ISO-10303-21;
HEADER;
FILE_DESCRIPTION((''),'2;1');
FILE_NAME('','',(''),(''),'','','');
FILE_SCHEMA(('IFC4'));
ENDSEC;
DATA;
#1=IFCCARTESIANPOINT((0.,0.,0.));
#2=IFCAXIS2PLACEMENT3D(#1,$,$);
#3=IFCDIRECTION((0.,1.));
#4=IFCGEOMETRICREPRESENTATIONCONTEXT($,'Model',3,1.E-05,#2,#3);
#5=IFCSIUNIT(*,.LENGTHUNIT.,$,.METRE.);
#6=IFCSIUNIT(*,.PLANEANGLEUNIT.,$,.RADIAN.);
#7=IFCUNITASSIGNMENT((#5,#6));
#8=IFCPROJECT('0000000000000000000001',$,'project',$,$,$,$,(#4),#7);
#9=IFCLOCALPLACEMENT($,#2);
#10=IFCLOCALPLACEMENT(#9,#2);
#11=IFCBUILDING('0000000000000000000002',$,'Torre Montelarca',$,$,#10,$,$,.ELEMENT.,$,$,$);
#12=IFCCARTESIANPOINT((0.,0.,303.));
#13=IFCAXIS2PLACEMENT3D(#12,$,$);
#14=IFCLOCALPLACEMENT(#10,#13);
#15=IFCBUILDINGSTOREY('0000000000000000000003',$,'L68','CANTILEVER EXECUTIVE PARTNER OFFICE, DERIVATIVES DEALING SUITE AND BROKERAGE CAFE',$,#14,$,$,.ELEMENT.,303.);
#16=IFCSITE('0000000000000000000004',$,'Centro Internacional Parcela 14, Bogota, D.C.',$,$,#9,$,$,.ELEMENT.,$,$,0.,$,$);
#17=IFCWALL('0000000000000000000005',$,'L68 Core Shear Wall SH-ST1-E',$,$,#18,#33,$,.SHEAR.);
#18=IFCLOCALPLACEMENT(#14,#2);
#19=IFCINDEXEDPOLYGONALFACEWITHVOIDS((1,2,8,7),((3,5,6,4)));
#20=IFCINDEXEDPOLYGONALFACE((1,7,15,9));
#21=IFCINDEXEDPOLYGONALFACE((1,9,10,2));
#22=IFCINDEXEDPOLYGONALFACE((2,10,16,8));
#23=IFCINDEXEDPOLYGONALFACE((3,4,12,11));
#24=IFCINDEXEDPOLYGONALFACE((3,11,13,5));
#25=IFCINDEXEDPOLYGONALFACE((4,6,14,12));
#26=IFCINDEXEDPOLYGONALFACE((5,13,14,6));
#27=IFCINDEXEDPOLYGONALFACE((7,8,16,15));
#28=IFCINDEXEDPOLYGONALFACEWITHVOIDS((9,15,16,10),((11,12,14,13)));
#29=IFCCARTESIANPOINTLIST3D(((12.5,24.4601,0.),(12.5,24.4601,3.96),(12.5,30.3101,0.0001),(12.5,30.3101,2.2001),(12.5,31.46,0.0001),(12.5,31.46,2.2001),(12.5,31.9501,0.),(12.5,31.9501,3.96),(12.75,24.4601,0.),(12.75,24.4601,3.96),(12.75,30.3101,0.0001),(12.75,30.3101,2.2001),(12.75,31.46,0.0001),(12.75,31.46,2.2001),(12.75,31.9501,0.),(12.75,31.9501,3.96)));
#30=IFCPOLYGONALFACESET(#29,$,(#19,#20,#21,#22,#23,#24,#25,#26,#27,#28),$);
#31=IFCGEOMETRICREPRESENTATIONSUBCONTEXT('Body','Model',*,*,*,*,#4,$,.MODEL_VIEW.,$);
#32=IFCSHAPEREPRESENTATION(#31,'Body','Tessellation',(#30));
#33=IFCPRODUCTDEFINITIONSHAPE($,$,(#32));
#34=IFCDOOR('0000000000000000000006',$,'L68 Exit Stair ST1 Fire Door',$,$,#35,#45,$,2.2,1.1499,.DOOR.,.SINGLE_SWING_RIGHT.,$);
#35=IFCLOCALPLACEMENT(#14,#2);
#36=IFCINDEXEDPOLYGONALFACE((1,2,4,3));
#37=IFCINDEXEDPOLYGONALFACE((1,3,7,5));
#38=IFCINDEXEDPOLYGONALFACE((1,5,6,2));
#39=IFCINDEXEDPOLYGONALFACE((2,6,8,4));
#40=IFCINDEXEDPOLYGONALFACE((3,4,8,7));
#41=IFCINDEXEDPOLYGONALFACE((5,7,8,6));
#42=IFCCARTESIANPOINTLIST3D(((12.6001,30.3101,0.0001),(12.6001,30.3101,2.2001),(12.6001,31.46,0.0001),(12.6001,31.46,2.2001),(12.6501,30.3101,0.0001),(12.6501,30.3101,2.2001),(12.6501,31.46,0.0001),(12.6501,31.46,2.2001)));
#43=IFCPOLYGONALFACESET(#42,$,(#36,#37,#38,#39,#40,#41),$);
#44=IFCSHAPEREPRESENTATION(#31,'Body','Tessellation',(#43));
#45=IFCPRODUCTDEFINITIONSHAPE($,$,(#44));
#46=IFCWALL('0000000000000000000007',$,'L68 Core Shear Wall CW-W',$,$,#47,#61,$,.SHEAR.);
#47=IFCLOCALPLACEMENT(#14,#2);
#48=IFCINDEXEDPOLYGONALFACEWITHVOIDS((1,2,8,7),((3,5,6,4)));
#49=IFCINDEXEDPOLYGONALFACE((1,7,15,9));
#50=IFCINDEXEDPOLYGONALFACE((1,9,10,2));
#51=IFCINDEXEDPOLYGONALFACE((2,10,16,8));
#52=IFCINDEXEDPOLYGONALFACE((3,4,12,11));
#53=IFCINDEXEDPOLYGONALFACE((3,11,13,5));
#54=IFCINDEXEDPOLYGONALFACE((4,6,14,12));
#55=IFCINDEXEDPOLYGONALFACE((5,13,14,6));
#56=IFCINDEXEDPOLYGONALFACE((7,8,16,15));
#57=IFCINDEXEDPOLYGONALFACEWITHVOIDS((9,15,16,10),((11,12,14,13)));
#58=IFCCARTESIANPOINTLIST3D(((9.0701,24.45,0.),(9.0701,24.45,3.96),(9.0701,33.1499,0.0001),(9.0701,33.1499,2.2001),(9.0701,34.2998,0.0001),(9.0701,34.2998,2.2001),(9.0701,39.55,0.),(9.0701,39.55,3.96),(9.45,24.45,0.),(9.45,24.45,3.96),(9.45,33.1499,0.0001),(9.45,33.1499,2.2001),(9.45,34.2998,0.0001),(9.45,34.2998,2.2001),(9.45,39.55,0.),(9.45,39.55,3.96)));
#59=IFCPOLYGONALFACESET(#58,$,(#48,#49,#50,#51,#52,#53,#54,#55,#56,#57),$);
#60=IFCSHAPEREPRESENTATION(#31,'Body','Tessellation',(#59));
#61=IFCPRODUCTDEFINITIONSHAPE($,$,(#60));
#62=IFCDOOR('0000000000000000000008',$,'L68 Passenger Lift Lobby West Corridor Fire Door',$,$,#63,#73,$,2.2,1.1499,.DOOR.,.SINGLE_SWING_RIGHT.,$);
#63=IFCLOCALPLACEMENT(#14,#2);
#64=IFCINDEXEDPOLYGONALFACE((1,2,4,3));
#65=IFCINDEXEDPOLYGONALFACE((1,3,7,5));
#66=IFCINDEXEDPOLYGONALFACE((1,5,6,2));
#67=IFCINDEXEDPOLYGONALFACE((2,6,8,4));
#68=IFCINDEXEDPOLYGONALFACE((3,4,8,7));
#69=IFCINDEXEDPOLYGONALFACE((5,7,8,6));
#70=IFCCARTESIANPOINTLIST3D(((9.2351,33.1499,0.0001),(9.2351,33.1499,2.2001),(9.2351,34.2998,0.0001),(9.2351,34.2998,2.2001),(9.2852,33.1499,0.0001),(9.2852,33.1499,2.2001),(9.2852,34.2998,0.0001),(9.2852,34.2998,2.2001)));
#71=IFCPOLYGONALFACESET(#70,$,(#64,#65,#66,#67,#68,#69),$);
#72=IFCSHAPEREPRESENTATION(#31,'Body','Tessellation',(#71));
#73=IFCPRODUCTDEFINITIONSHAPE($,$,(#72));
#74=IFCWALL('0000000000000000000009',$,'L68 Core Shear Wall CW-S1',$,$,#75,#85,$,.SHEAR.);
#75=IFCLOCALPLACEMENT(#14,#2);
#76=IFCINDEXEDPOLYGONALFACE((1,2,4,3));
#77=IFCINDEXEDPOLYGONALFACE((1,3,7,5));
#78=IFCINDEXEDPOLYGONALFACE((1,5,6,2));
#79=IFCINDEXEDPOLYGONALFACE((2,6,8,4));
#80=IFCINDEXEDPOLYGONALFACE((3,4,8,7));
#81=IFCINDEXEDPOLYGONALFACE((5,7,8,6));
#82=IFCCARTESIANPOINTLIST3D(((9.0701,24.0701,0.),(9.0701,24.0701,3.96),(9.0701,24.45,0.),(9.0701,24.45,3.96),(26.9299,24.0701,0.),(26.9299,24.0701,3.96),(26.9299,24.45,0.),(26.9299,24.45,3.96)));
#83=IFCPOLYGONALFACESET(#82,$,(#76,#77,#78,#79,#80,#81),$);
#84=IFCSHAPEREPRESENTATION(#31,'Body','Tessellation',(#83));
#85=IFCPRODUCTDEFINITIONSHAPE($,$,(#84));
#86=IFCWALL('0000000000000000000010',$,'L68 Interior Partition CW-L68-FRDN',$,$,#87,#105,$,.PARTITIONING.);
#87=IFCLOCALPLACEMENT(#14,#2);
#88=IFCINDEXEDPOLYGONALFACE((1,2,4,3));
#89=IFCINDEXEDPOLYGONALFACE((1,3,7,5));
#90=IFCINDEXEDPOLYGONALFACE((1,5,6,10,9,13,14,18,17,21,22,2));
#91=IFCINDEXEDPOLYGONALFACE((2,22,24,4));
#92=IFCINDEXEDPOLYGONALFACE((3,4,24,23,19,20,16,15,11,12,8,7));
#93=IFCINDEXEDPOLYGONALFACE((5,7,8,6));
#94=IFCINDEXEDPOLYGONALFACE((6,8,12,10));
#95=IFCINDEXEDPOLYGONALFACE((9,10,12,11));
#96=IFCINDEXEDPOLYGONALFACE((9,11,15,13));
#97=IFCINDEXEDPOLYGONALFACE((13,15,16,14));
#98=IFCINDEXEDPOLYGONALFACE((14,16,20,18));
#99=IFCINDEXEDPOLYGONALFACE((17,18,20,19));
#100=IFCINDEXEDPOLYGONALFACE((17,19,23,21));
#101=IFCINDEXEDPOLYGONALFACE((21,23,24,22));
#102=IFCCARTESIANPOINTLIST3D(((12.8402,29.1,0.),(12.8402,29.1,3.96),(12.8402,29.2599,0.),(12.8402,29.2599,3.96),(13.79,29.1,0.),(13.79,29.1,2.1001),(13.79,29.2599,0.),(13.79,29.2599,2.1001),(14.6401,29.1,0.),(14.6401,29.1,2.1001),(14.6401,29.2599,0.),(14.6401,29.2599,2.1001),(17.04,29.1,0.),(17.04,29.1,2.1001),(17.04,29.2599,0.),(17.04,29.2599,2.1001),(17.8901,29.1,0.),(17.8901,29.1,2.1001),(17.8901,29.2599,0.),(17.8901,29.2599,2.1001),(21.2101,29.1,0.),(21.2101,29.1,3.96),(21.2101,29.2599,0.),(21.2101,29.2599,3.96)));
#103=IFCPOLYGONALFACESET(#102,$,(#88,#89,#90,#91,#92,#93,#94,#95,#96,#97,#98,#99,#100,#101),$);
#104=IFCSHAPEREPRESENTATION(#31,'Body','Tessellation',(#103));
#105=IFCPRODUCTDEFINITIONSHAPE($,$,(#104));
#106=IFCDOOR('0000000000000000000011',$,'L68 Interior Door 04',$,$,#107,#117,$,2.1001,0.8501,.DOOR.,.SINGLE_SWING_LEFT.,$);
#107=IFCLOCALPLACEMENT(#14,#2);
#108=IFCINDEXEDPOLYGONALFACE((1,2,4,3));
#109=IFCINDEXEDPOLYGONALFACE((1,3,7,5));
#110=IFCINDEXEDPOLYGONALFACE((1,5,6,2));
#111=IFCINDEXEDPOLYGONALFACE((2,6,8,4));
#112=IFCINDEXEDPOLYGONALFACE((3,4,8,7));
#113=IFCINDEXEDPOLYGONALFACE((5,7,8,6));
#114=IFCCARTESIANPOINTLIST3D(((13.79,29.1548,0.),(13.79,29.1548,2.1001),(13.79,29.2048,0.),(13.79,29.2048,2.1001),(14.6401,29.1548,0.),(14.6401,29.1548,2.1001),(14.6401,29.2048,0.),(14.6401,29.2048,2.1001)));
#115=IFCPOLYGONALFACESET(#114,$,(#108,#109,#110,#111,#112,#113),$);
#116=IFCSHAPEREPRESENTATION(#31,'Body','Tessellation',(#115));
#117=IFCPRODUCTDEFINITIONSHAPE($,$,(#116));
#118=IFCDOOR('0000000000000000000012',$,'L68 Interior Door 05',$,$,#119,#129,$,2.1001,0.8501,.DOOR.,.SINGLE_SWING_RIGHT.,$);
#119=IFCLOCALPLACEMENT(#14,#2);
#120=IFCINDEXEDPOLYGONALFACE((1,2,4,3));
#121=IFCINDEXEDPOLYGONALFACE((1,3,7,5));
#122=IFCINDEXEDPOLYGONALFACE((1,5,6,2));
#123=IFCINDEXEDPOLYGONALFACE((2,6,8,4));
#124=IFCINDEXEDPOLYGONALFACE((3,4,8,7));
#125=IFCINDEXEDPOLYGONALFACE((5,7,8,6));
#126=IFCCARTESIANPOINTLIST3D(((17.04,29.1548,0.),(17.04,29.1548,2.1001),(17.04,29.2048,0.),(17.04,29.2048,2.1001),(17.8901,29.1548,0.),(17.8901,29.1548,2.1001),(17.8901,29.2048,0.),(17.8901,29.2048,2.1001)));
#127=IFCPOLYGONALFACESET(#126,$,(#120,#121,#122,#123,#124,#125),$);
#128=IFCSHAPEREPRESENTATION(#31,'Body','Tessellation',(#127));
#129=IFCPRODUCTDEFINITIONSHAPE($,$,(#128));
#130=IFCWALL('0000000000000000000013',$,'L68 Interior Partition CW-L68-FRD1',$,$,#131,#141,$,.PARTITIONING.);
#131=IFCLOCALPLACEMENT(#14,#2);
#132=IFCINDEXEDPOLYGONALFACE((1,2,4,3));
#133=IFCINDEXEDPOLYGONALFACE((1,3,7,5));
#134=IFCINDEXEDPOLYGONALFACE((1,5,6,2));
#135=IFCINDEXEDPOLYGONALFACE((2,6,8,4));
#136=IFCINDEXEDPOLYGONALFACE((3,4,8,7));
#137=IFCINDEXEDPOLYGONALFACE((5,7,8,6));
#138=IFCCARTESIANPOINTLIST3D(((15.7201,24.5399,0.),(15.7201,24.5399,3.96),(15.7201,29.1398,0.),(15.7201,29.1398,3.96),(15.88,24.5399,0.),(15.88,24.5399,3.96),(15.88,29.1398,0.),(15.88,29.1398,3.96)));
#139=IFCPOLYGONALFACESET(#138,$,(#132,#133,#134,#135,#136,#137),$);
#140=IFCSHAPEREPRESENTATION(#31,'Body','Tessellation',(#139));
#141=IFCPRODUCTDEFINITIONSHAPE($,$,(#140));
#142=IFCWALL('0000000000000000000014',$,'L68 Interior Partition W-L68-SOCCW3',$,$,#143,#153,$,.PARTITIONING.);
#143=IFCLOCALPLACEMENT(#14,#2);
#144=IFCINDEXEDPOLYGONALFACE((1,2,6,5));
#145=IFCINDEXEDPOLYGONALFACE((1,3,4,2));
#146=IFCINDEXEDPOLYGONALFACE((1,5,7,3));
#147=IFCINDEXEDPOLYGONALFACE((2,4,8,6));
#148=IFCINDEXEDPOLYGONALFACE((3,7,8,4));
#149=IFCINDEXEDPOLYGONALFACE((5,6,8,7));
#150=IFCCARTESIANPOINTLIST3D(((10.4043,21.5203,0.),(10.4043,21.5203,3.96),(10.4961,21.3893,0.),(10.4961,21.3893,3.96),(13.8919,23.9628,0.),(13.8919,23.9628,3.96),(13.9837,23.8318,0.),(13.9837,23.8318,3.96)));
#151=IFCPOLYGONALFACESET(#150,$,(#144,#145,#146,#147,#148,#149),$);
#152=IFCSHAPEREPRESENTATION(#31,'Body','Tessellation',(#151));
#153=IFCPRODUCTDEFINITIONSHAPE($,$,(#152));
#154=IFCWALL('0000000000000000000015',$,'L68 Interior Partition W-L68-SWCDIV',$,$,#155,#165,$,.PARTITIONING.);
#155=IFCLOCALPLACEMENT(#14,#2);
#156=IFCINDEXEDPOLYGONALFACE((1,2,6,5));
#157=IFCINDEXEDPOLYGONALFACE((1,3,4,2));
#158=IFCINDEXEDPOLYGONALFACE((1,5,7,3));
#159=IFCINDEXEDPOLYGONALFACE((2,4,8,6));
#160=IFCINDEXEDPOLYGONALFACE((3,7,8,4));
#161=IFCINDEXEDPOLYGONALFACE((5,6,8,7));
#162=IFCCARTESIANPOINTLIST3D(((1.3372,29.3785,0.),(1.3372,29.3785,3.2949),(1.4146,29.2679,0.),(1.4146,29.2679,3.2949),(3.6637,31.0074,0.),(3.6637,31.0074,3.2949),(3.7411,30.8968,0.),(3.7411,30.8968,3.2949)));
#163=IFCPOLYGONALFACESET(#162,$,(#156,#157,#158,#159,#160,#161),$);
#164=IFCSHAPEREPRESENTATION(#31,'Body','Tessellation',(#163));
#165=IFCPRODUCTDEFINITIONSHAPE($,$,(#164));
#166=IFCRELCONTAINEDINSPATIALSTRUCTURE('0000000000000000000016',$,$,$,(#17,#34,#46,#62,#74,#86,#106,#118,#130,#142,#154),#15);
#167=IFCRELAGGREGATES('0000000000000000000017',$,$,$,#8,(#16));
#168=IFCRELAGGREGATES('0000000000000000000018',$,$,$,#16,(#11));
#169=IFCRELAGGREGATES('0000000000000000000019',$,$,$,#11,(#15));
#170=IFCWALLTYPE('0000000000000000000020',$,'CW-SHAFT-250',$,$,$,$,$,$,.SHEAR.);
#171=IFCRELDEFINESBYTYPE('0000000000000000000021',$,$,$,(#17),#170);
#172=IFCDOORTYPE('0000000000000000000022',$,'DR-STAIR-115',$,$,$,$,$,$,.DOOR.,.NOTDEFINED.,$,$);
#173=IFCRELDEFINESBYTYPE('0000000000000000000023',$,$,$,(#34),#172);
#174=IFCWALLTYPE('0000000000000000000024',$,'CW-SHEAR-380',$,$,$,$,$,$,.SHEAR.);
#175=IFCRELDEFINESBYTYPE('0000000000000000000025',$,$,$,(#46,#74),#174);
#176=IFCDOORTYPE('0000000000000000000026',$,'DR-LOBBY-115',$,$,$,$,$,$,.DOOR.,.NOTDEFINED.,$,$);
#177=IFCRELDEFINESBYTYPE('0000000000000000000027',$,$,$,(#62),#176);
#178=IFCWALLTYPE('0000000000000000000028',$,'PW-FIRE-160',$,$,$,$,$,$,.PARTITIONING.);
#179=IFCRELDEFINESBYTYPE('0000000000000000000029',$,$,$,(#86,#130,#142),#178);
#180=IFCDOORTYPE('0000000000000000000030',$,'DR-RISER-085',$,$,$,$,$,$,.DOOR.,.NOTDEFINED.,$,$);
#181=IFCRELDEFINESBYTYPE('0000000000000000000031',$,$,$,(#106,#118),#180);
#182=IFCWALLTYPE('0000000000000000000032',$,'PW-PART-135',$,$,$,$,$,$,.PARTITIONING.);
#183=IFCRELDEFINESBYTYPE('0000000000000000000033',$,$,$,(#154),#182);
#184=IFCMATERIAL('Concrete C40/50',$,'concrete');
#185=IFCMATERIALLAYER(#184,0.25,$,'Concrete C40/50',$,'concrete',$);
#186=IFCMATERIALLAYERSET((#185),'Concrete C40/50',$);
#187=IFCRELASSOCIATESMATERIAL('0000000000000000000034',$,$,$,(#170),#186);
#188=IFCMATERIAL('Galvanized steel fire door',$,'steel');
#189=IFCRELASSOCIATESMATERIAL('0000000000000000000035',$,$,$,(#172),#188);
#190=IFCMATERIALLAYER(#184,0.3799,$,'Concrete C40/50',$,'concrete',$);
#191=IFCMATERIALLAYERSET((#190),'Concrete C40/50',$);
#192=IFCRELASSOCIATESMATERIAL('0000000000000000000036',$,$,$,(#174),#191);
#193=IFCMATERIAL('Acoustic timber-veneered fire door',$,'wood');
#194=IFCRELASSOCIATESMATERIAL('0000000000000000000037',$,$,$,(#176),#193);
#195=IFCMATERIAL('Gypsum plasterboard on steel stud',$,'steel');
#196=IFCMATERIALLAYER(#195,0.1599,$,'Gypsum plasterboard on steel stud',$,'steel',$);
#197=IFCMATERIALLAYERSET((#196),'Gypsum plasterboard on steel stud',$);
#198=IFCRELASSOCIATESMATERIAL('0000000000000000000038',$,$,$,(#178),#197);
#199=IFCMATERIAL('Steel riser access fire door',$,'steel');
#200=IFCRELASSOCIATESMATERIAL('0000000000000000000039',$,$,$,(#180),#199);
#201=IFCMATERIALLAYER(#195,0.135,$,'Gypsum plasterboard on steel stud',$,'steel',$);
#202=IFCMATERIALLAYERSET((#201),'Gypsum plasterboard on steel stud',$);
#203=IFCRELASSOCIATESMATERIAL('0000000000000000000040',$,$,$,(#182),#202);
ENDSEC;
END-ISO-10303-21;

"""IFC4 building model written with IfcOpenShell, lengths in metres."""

from ifc_helpers import new_model, si_unit, direction, frame, frame_2d, origin, place, context, subcontext, project, spatial, rectangle, extrude, source, transform, mapped, material, layer, layer_set, type_object, element, fill, save


model = new_model("IFC4")

# Units and contexts
model_context = context("Model", 3, precision=1e-05, world=origin(), true_north=direction((0.0, 1.0)))
body_context = subcontext(model_context, "Body", "Model", "MODEL_VIEW")
ifc_project = project(units=[si_unit("LENGTHUNIT", "METRE"), si_unit("PLANEANGLEUNIT", "RADIAN")], contexts=[model_context])

# Site, building, storey
site_placement = place(None, origin())
site = spatial("IfcSite", under=ifc_project, at=site_placement, Name="Centro Internacional Parcela 14, Bogota, D.C.", CompositionType="ELEMENT", RefElevation=0.0)
building_placement = place(site_placement, origin())
building = spatial("IfcBuilding", under=site, at=building_placement, Name="Torre Montelarca", CompositionType="ELEMENT")
storey_placement = place(building_placement, frame((0.0, 0.0, 303.0)))
storey = spatial("IfcBuildingStorey", under=building, at=storey_placement, Name="L68", Description="CANTILEVER EXECUTIVE PARTNER OFFICE, DERIVATIVES DEALING SUITE AND BROKERAGE CAFE", CompositionType="ELEMENT", Elevation=303.0)

# Shared definitions
ifc_material_1 = material(Name="Concrete C40/50", Category="concrete")

# Walls, openings, doors
ifc_layer_1 = layer(ifc_material_1, 0.25, Name="Concrete C40/50", Category="concrete")
ifc_layer_set_1 = layer_set([ifc_layer_1], Name="Concrete C40/50")
wall_type_1 = type_object("IfcWallType", Name="CW-SHAFT-250", PredefinedType="SHEAR", material=ifc_layer_set_1)
wall_1_placement = place(storey_placement, frame((12.625, 24.46, 0.0), z_axis=(0.0, 0.0, 1.0), x_axis=(0.0, 1.0, 0.0)))
wall_1 = element("IfcWall", 1, at=wall_1_placement, inside=storey, type_object=wall_type_1, Name="L68 Core Shear Wall SH-ST1-E", PredefinedType="SHEAR", context=body_context, shape_type="SweptSolid", body=[
    extrude(rectangle(XDim=7.49, YDim=0.25, at=frame_2d((3.7451, 0.0))), origin(), (0.0, 0.0, 1.0), 3.96),
])
opening_1_placement = place(wall_1_placement, frame((5.8501, 0.0, 0.0)))
opening_1 = element("IfcOpeningElement", 2, at=opening_1_placement, cuts=wall_1, PredefinedType="OPENING", context=body_context, shape_type="SweptSolid", body=[
    extrude(rectangle(XDim=1.1499, YDim=2.2, at=frame_2d((0.575, 1.1001))), frame((0.0, 0.135, 0.0), z_axis=(0.0, -1.0, 0.0), x_axis=(1.0, 0.0, 0.0)), (0.0, 0.0, 1.0), 0.27),
])
ifc_material_2 = material(Name="Galvanized steel fire door", Category="steel")
door_type_1 = type_object("IfcDoorType", Name="DR-STAIR-115", OperationType="NOTDEFINED", PredefinedType="DOOR", material=ifc_material_2)
shared_shape_1 = source(origin(), body_context, "Body", "SweptSolid", [
    extrude(rectangle(XDim=1.1499, YDim=2.2, at=frame_2d((0.575, 1.1001))), frame((0.0, 0.0249, 0.0), z_axis=(0.0, -1.0, 0.0), x_axis=(1.0, 0.0, 0.0)), (0.0, 0.0, 1.0), 0.05),
])
door_1_placement = place(opening_1_placement, origin())
door_1 = element("IfcDoor", 3, at=door_1_placement, inside=storey, type_object=door_type_1, Name="L68 Exit Stair ST1 Fire Door", OperationType="SINGLE_SWING_RIGHT", OverallHeight=2.2, OverallWidth=1.1499, PredefinedType="DOOR", context=body_context, shape_type="MappedRepresentation", body=[
    mapped(shared_shape_1, transform((0.0, 0.0, 0.0), scale=1.0)),
])
fill(opening_1, door_1)
ifc_layer_2 = layer(ifc_material_1, 0.3799, Name="Concrete C40/50", Category="concrete")
ifc_layer_set_2 = layer_set([ifc_layer_2], Name="Concrete C40/50")
wall_type_2 = type_object("IfcWallType", Name="CW-SHEAR-380", PredefinedType="SHEAR", material=ifc_layer_set_2)
wall_2_placement = place(storey_placement, frame((9.26, 24.45, 0.0), z_axis=(0.0, 0.0, 1.0), x_axis=(0.0, 1.0, 0.0)))
wall_2 = element("IfcWall", 4, at=wall_2_placement, inside=storey, type_object=wall_type_2, Name="L68 Core Shear Wall CW-W", PredefinedType="SHEAR", context=body_context, shape_type="SweptSolid", body=[
    extrude(rectangle(XDim=15.1001, YDim=0.3799, at=frame_2d((7.55, 0.0))), origin(), (0.0, 0.0, 1.0), 3.96),
])
opening_2_placement = place(wall_2_placement, frame((8.7, 0.0, 0.0)))
opening_2 = element("IfcOpeningElement", 5, at=opening_2_placement, cuts=wall_2, PredefinedType="OPENING", context=body_context, shape_type="SweptSolid", body=[
    extrude(rectangle(XDim=1.1499, YDim=2.2, at=frame_2d((0.575, 1.1001))), frame((0.0, 0.2, 0.0), z_axis=(0.0, -1.0, 0.0), x_axis=(1.0, 0.0, 0.0)), (0.0, 0.0, 1.0), 0.3999),
])
ifc_material_3 = material(Name="Acoustic timber-veneered fire door", Category="wood")
door_type_2 = type_object("IfcDoorType", Name="DR-LOBBY-115", OperationType="NOTDEFINED", PredefinedType="DOOR", material=ifc_material_3)
shared_shape_2 = source(origin(), body_context, "Body", "SweptSolid", [
    extrude(rectangle(XDim=1.1499, YDim=2.2, at=frame_2d((0.575, 1.1001))), frame((0.0, 0.0249, 0.0), z_axis=(0.0, -1.0, 0.0), x_axis=(1.0, 0.0, 0.0)), (0.0, 0.0, 1.0), 0.05),
])
door_2_placement = place(opening_2_placement, origin())
door_2 = element("IfcDoor", 6, at=door_2_placement, inside=storey, type_object=door_type_2, Name="L68 Passenger Lift Lobby West Corridor Fire Door", OperationType="SINGLE_SWING_RIGHT", OverallHeight=2.2, OverallWidth=1.1499, PredefinedType="DOOR", context=body_context, shape_type="MappedRepresentation", body=[
    mapped(shared_shape_2, transform((0.0, 0.0, 0.0), scale=1.0)),
])
fill(opening_2, door_2)

# Wall
wall_3_placement = place(storey_placement, frame((9.0701, 24.26, 0.0), z_axis=(0.0, 0.0, 1.0), x_axis=(1.0, 0.0, 0.0)))
element("IfcWall", 7, at=wall_3_placement, inside=storey, type_object=wall_type_2, Name="L68 Core Shear Wall CW-S1", PredefinedType="SHEAR", context=body_context, shape_type="SweptSolid", body=[
    extrude(rectangle(XDim=17.8599, YDim=0.3799, at=frame_2d((8.9299, 0.0))), origin(), (0.0, 0.0, 1.0), 3.96),
])

# Wall, openings, doors
ifc_material_4 = material(Name="Gypsum plasterboard on steel stud", Category="steel")
ifc_layer_3 = layer(ifc_material_4, 0.1599, Name="Gypsum plasterboard on steel stud", Category="steel")
ifc_layer_set_3 = layer_set([ifc_layer_3], Name="Gypsum plasterboard on steel stud")
wall_type_3 = type_object("IfcWallType", Name="PW-FIRE-160", PredefinedType="PARTITIONING", material=ifc_layer_set_3)
wall_4_placement = place(storey_placement, frame((12.8401, 29.1799, 0.0), z_axis=(0.0, 0.0, 1.0), x_axis=(1.0, 0.0, 0.0)))
wall_4 = element("IfcWall", 8, at=wall_4_placement, inside=storey, type_object=wall_type_3, Name="L68 Interior Partition CW-L68-FRDN", PredefinedType="PARTITIONING", context=body_context, shape_type="SweptSolid", body=[
    extrude(rectangle(XDim=8.3699, YDim=0.1599, at=frame_2d((4.1851, 0.0))), origin(), (0.0, 0.0, 1.0), 3.96),
])
opening_3_placement = place(wall_4_placement, frame((0.95, 0.0, 0.0)))
opening_3 = element("IfcOpeningElement", 9, at=opening_3_placement, cuts=wall_4, PredefinedType="OPENING", context=body_context, shape_type="SweptSolid", body=[
    extrude(rectangle(XDim=0.8501, YDim=2.1001, at=frame_2d((0.425, 1.05))), frame((0.0, 0.0898, 0.0), z_axis=(0.0, -1.0, 0.0), x_axis=(1.0, 0.0, 0.0)), (0.0, 0.0, 1.0), 0.1799),
])
opening_4_placement = place(wall_4_placement, frame((4.2, 0.0, 0.0)))
opening_4 = element("IfcOpeningElement", 10, at=opening_4_placement, cuts=wall_4, PredefinedType="OPENING", context=body_context, shape_type="SweptSolid", body=[
    extrude(rectangle(XDim=0.8501, YDim=2.1001, at=frame_2d((0.425, 1.05))), frame((0.0, 0.0898, 0.0), z_axis=(0.0, -1.0, 0.0), x_axis=(1.0, 0.0, 0.0)), (0.0, 0.0, 1.0), 0.1799),
])
ifc_material_5 = material(Name="Steel riser access fire door", Category="steel")
door_type_3 = type_object("IfcDoorType", Name="DR-RISER-085", OperationType="NOTDEFINED", PredefinedType="DOOR", material=ifc_material_5)
shared_shape_3 = source(origin(), body_context, "Body", "SweptSolid", [
    extrude(rectangle(XDim=0.8501, YDim=2.1001, at=frame_2d((0.425, 1.05))), frame((0.0, 0.0249, 0.0), z_axis=(0.0, -1.0, 0.0), x_axis=(1.0, 0.0, 0.0)), (0.0, 0.0, 1.0), 0.05),
])
door_3_placement = place(opening_3_placement, origin())
door_3 = element("IfcDoor", 11, at=door_3_placement, inside=storey, type_object=door_type_3, Name="L68 Interior Door 04", OperationType="SINGLE_SWING_LEFT", OverallHeight=2.1001, OverallWidth=0.8501, PredefinedType="DOOR", context=body_context, shape_type="MappedRepresentation", body=[
    mapped(shared_shape_3, transform((0.0, 0.0, 0.0), scale=1.0)),
])
fill(opening_3, door_3)
door_4_placement = place(opening_4_placement, origin())
door_4 = element("IfcDoor", 12, at=door_4_placement, inside=storey, type_object=door_type_3, Name="L68 Interior Door 05", OperationType="SINGLE_SWING_RIGHT", OverallHeight=2.1001, OverallWidth=0.8501, PredefinedType="DOOR", context=body_context, shape_type="MappedRepresentation", body=[
    mapped(shared_shape_3, transform((0.0, 0.0, 0.0), scale=1.0)),
])
fill(opening_4, door_4)

# Walls
wall_5_placement = place(storey_placement, frame((15.8, 24.54, 0.0), z_axis=(0.0, 0.0, 1.0), x_axis=(0.0, 1.0, 0.0)))
element("IfcWall", 13, at=wall_5_placement, inside=storey, type_object=wall_type_3, Name="L68 Interior Partition CW-L68-FRD1", PredefinedType="PARTITIONING", context=body_context, shape_type="SweptSolid", body=[
    extrude(rectangle(XDim=4.5999, YDim=0.1599, at=frame_2d((2.2998, 0.0))), origin(), (0.0, 0.0, 1.0), 3.96),
])
wall_6_placement = place(storey_placement, frame((10.4502, 21.4548, 0.0), z_axis=(0.0, 0.0, 1.0), x_axis=(0.819111, 0.573636, 0.0)))
element("IfcWall", 14, at=wall_6_placement, inside=storey, type_object=wall_type_3, Name="L68 Interior Partition W-L68-SOCCW3", PredefinedType="PARTITIONING", context=body_context, shape_type="SweptSolid", body=[
    extrude(rectangle(XDim=4.2578, YDim=0.1599, at=frame_2d((2.1289, 0.0))), origin(), (0.0, 0.0, 1.0), 3.96),
])
ifc_layer_4 = layer(ifc_material_4, 0.135, Name="Gypsum plasterboard on steel stud", Category="steel")
ifc_layer_set_4 = layer_set([ifc_layer_4], Name="Gypsum plasterboard on steel stud")
wall_type_4 = type_object("IfcWallType", Name="PW-PART-135", PredefinedType="PARTITIONING", material=ifc_layer_set_4)
wall_7_placement = place(storey_placement, frame((1.376, 29.3232, 0.0), z_axis=(0.0, 0.0, 1.0), x_axis=(0.819163, 0.57356, 0.0)))
element("IfcWall", 15, at=wall_7_placement, inside=storey, type_object=wall_type_4, Name="L68 Interior Partition W-L68-SWCDIV", PredefinedType="PARTITIONING", context=body_context, shape_type="SweptSolid", body=[
    extrude(rectangle(XDim=2.8401, YDim=0.135, at=frame_2d((1.4199, 0.0))), origin(), (0.0, 0.0, 1.0), 3.2949),
])

save(model, "model.ifc")
